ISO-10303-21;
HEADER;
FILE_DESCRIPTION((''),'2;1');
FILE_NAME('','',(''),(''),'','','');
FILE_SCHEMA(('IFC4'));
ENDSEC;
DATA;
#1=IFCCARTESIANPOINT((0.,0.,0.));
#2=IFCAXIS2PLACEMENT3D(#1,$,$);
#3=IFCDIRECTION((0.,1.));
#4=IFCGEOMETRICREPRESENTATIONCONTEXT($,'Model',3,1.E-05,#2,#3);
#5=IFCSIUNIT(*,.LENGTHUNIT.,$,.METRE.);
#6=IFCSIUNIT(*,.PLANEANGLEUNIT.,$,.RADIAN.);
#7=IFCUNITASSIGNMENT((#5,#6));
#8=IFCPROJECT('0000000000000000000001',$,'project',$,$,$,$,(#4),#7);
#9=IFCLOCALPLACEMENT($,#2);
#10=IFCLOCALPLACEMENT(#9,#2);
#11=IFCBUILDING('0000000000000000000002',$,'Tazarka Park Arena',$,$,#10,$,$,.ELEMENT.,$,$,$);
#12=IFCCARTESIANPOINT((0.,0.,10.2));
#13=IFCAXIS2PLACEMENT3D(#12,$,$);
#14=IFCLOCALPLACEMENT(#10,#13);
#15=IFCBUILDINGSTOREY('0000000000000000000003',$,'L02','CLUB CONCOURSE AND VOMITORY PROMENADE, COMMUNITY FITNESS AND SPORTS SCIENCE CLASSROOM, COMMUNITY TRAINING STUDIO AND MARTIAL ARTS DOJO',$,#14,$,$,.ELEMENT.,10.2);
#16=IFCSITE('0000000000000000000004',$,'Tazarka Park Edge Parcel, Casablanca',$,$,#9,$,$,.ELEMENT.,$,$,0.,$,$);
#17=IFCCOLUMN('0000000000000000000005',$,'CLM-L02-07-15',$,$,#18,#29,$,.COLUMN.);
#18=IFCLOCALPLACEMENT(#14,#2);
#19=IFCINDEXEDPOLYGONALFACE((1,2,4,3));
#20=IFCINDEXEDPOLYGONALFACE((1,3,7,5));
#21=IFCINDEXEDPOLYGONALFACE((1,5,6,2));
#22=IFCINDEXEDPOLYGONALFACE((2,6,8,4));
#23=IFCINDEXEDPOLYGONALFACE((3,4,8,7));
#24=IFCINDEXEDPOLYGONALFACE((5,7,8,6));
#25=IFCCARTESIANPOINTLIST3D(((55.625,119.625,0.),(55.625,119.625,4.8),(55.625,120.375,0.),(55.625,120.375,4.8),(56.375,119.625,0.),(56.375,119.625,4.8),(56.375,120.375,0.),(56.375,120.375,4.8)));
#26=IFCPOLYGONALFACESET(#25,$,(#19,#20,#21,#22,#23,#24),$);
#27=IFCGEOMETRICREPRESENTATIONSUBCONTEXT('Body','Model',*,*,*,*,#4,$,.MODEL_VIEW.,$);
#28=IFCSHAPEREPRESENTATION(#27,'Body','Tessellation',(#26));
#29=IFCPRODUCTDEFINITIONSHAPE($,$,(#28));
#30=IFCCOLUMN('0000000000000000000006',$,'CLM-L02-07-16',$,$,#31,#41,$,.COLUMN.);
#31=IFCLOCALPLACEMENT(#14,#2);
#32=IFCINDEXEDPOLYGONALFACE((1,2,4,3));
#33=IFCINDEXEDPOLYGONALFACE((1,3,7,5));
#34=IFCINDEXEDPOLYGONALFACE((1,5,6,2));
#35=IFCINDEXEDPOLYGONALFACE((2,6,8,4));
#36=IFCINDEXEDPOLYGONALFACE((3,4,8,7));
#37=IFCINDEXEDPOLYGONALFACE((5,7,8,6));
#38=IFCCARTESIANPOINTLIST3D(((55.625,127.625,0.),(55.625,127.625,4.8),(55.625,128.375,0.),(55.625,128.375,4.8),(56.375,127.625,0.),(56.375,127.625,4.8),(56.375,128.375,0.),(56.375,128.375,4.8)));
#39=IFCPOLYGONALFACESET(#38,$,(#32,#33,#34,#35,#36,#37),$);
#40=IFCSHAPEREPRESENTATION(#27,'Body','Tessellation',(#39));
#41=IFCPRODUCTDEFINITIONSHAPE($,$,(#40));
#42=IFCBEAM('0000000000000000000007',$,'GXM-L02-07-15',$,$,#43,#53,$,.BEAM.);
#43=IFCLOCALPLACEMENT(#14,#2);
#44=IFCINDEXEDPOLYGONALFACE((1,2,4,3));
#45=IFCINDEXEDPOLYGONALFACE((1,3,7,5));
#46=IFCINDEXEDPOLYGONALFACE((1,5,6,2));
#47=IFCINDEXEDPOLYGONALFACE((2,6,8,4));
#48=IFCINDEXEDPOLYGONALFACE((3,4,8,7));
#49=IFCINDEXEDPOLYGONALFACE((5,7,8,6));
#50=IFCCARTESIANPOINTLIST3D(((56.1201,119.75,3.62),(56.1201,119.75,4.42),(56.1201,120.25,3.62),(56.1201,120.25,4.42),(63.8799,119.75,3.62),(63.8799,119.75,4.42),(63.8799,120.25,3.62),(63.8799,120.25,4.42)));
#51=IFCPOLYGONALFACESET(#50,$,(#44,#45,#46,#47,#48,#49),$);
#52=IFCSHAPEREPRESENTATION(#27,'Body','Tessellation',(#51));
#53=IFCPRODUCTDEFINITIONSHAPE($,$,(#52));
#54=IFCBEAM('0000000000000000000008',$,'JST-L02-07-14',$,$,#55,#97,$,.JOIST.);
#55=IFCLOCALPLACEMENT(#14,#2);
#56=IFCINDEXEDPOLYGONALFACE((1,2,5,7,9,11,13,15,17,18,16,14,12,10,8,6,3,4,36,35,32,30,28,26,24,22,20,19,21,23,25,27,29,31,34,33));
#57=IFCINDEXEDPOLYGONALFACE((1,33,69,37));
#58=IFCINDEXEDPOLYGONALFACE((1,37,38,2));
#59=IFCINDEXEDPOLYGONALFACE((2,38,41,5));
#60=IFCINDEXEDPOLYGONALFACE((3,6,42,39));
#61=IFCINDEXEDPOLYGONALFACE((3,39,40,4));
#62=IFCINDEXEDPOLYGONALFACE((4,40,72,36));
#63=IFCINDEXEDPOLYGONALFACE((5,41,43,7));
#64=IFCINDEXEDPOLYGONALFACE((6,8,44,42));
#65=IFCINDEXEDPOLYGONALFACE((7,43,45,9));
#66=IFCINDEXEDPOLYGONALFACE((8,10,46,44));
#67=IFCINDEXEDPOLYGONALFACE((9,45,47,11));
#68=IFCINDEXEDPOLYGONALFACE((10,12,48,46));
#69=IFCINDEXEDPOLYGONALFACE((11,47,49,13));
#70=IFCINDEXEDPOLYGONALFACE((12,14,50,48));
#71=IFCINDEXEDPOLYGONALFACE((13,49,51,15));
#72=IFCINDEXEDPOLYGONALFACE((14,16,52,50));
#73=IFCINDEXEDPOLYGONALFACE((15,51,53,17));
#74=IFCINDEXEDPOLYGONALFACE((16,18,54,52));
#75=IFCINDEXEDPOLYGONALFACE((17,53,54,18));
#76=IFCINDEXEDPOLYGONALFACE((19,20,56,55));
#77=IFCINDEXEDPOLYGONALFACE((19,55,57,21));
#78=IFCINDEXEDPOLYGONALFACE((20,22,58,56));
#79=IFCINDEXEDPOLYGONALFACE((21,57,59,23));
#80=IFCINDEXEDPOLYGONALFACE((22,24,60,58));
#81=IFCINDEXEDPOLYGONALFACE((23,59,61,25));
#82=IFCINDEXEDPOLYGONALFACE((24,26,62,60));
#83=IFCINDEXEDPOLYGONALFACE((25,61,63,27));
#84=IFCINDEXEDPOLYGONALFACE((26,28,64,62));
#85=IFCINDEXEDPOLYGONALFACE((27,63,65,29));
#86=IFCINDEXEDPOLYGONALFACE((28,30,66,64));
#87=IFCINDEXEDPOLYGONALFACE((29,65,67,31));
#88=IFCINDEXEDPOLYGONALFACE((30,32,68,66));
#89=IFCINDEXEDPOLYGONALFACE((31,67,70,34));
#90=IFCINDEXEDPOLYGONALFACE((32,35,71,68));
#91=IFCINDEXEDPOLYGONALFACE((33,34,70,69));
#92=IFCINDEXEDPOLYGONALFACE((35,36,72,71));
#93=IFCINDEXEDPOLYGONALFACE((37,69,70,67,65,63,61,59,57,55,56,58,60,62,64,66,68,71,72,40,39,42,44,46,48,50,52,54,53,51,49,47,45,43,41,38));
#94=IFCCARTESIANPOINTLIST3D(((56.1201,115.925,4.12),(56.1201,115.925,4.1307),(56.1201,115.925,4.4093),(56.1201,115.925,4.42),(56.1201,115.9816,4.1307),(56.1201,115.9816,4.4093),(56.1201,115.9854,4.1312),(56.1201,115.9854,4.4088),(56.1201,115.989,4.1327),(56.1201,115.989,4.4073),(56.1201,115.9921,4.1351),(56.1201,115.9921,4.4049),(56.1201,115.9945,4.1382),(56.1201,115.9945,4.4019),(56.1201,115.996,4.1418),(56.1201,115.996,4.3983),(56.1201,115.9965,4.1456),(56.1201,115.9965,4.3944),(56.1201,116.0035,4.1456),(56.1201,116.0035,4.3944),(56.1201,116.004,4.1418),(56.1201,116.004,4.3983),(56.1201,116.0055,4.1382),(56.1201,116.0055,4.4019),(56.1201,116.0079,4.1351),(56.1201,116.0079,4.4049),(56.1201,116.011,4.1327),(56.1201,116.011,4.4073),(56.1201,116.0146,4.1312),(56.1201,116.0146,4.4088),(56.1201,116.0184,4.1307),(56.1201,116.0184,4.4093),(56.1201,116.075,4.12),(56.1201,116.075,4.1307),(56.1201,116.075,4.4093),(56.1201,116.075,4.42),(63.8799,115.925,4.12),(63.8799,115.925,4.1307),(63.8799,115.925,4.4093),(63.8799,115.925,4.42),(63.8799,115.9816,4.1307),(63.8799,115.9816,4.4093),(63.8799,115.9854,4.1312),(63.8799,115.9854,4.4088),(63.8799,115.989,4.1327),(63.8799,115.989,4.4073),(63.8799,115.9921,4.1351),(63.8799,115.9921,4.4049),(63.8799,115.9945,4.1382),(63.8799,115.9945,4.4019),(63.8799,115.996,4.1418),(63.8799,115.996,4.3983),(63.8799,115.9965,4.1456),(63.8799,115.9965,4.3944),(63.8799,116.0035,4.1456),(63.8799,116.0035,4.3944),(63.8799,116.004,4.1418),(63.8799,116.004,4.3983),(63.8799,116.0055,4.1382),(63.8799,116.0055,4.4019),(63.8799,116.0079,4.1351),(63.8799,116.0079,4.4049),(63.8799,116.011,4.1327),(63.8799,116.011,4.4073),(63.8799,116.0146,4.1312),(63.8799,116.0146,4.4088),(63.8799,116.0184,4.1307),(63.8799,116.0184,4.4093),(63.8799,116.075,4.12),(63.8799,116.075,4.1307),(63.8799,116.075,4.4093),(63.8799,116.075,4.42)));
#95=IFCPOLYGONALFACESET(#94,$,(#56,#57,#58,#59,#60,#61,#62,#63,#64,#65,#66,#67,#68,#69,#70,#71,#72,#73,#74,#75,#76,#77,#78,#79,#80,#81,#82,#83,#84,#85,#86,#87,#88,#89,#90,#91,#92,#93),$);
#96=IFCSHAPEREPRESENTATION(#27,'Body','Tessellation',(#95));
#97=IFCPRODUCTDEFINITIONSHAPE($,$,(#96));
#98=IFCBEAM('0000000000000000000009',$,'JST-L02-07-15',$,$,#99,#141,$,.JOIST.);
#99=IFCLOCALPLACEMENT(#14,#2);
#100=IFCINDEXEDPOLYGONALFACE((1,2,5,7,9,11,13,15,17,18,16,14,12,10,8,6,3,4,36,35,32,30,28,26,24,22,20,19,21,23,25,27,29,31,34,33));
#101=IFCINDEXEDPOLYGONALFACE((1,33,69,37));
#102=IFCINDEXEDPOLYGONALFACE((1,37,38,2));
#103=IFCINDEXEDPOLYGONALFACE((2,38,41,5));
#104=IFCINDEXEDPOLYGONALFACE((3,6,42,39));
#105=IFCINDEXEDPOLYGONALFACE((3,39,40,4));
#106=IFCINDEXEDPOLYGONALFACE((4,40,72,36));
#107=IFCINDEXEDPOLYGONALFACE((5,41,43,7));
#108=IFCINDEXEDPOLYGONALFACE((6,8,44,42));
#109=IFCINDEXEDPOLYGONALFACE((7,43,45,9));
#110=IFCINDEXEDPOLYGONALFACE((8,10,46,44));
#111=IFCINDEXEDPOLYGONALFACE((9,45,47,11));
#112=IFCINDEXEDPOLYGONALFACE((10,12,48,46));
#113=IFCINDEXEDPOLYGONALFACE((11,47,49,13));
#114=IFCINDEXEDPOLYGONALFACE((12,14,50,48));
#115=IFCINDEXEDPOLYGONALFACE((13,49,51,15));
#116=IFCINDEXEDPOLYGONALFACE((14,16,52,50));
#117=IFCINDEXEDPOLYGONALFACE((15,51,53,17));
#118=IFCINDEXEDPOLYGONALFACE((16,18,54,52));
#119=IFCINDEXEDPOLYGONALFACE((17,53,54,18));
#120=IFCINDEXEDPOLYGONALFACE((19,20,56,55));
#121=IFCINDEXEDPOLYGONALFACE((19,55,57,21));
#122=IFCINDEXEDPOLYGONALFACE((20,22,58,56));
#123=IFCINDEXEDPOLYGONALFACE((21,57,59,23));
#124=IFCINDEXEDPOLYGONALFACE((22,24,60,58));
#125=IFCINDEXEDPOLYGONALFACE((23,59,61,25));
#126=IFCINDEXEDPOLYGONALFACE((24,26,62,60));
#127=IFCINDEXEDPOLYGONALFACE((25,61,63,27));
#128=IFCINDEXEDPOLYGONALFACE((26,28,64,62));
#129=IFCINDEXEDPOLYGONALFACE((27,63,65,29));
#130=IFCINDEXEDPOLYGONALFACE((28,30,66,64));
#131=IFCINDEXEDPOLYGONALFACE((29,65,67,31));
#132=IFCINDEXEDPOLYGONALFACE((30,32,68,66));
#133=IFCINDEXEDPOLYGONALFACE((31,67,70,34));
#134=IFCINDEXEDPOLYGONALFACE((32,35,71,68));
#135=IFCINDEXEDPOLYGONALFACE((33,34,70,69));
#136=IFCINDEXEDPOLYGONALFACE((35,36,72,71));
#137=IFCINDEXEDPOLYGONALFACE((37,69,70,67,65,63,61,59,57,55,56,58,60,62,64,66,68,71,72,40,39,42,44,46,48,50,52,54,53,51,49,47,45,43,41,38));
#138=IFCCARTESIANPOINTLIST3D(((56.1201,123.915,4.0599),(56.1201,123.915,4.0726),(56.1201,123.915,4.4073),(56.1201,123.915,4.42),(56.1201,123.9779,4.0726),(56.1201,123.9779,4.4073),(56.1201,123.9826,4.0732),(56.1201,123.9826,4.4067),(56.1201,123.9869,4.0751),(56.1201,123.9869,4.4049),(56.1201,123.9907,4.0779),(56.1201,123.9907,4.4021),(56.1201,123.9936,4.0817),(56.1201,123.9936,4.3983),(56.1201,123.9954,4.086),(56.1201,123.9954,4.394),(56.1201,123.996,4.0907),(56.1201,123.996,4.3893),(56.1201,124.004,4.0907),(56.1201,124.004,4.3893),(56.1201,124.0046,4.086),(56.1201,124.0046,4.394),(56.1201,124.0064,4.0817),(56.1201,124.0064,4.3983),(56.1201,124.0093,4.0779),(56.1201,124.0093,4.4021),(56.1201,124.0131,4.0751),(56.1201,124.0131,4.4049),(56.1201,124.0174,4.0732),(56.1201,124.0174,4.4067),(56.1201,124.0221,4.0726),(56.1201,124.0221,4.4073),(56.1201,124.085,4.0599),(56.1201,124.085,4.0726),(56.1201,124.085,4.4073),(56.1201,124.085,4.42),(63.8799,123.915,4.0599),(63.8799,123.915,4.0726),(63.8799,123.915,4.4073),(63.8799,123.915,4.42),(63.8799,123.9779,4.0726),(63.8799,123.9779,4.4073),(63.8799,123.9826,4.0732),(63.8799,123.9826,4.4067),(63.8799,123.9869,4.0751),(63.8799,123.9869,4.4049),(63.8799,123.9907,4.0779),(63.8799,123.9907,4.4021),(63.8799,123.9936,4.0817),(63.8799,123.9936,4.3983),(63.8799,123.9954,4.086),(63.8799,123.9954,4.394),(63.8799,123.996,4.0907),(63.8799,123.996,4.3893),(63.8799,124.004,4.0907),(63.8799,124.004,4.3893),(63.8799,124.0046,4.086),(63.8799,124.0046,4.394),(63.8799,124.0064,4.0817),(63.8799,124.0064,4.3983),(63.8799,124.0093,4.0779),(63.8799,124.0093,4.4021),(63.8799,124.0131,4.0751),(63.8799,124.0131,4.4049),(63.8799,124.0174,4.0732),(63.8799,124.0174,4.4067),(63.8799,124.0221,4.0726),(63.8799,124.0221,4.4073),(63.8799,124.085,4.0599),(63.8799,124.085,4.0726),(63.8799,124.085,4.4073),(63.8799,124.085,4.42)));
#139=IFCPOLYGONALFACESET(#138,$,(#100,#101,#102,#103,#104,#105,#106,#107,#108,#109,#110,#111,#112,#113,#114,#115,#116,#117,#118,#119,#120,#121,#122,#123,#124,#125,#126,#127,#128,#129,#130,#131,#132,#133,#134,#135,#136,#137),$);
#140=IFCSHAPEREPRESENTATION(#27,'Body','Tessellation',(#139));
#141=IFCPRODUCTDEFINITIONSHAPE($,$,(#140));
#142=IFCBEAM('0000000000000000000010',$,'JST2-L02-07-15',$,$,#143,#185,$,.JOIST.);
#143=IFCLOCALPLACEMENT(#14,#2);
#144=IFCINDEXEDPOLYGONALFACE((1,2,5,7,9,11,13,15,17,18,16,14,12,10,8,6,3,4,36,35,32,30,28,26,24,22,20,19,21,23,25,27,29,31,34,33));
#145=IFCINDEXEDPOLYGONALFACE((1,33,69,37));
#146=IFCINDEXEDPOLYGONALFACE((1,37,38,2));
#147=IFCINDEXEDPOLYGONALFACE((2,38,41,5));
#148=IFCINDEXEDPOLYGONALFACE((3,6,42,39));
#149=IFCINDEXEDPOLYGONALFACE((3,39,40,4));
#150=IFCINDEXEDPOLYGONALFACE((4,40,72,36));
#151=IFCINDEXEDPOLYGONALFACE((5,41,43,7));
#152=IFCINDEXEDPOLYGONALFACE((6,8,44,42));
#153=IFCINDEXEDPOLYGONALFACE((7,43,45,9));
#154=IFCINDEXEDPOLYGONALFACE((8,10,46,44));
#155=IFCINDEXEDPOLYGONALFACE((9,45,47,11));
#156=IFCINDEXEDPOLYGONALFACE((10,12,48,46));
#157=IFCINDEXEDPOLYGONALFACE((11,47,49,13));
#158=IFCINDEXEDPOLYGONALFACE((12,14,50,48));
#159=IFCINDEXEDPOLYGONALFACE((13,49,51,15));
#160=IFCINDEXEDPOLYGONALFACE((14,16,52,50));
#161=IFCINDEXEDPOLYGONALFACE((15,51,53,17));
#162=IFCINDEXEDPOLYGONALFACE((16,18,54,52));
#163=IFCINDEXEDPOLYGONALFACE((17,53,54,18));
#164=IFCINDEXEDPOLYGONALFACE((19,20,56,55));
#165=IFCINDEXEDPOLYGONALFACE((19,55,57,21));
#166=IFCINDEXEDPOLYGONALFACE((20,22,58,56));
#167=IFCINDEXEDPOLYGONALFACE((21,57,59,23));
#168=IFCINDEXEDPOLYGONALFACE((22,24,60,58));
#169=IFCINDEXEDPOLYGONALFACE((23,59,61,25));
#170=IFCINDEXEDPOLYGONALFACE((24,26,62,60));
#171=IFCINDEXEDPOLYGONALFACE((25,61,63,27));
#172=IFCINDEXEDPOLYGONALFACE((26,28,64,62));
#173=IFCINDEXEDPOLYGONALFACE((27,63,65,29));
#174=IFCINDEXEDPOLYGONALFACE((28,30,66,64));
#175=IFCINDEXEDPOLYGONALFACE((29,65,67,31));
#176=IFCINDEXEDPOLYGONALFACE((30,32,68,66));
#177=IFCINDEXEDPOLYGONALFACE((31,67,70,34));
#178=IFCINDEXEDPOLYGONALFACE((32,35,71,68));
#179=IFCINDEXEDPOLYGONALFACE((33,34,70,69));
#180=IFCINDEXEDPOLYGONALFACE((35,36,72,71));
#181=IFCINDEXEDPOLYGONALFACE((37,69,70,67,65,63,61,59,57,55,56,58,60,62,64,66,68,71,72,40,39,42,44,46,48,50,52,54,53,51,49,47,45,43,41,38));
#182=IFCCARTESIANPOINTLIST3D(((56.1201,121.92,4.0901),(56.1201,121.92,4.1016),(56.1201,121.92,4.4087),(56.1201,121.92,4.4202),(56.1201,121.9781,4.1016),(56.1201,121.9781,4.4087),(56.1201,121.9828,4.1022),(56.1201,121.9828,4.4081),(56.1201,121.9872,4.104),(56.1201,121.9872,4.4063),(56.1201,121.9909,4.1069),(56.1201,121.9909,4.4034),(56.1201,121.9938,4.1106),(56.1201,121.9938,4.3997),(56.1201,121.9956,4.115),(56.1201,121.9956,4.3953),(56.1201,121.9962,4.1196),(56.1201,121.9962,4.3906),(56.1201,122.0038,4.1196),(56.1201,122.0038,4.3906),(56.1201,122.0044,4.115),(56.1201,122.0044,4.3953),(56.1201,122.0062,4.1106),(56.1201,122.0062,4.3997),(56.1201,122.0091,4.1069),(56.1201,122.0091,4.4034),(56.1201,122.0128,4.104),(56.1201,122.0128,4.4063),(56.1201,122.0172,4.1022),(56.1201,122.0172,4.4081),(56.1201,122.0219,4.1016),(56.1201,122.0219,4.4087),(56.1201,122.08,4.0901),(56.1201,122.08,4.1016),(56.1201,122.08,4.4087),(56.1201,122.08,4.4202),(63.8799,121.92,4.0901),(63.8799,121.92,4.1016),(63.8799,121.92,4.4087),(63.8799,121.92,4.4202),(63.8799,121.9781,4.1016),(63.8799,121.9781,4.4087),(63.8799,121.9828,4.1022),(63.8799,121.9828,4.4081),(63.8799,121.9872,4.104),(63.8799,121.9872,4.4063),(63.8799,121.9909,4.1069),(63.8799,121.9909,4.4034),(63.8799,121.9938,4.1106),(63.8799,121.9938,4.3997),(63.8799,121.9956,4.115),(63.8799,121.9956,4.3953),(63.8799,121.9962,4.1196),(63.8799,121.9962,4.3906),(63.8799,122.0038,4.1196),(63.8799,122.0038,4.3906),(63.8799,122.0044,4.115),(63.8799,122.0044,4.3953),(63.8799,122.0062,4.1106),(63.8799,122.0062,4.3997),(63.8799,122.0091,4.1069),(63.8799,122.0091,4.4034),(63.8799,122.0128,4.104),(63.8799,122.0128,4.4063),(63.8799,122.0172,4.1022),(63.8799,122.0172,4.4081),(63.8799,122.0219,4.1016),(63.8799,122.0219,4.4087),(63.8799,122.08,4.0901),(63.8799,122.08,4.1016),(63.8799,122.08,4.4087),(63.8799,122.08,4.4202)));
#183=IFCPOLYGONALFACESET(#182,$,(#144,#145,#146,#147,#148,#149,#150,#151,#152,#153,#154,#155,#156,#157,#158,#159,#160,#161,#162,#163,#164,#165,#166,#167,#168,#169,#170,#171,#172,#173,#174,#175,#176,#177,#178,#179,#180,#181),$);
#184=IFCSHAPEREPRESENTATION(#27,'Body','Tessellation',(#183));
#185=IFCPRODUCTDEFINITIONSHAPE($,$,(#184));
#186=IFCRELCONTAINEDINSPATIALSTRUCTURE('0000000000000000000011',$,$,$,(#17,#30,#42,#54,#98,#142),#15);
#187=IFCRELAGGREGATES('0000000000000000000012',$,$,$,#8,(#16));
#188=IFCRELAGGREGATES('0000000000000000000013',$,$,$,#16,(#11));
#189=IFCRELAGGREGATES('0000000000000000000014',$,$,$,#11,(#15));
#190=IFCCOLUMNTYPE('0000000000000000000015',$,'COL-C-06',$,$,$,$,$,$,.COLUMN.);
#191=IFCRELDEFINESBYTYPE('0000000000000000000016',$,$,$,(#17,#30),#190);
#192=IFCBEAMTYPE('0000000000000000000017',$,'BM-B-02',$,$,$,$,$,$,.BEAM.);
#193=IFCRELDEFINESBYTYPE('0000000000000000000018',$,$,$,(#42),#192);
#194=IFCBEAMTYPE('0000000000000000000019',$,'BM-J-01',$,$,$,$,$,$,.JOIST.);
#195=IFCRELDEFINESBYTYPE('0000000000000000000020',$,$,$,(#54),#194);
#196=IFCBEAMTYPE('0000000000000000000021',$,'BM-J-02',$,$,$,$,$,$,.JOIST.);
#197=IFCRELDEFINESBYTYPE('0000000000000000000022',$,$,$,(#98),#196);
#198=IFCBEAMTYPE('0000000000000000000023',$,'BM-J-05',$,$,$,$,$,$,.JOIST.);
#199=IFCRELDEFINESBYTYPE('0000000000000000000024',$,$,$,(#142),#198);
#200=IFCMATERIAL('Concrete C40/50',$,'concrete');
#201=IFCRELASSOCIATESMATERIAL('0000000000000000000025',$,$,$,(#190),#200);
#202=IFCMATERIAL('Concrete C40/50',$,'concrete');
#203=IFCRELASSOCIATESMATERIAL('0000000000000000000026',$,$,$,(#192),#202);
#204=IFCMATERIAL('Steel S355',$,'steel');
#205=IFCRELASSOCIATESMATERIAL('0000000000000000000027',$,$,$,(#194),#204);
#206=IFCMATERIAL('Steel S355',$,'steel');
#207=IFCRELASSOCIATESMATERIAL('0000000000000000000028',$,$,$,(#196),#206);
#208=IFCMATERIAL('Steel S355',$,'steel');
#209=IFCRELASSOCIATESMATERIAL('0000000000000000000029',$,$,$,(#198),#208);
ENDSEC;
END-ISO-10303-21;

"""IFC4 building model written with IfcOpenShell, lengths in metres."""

from ifc_helpers import new_model, si_unit, direction, frame, origin, origin_2d, place, context, subcontext, project, spatial, rectangle, i_section, extrude, material, material_profile, profile_set, type_object, element, save


model = new_model("IFC4")

# Units and contexts
model_context = context("Model", 3, precision=1e-05, world=origin(), true_north=direction((0.0, 1.0)))
body_context = subcontext(model_context, "Body", "Model", "MODEL_VIEW")
ifc_project = project(units=[si_unit("LENGTHUNIT", "METRE"), si_unit("PLANEANGLEUNIT", "RADIAN")], contexts=[model_context])

# Site, building, storey
site_placement = place(None, origin())
site = spatial("IfcSite", under=ifc_project, at=site_placement, Name="Tazarka Park Edge Parcel, Casablanca", CompositionType="ELEMENT", RefElevation=0.0)
building_placement = place(site_placement, origin())
building = spatial("IfcBuilding", under=site, at=building_placement, Name="Tazarka Park Arena", CompositionType="ELEMENT")
storey_placement = place(building_placement, frame((0.0, 0.0, 10.2)))
storey = spatial("IfcBuildingStorey", under=building, at=storey_placement, Name="L02", Description="CLUB CONCOURSE AND VOMITORY PROMENADE, COMMUNITY FITNESS AND SPORTS SCIENCE CLASSROOM, COMMUNITY TRAINING STUDIO AND MARTIAL ARTS DOJO", CompositionType="ELEMENT", Elevation=10.2)

# Columns
ifc_material_1 = material(Name="Concrete C40/50", Category="concrete")
ifc_material_profile_1 = material_profile(ifc_material_1, rectangle(XDim=0.75, YDim=0.75, at=origin_2d()), Name="Concrete C40/50")
ifc_profile_set_1 = profile_set([ifc_material_profile_1], Name="Concrete C40/50")
column_type = type_object("IfcColumnType", Name="COL-C-06", PredefinedType="COLUMN", material=ifc_profile_set_1)
for number, where, z_axis, x_axis, name in (
    (1, (56.0, 120.0, 0.0), (0.0, 0.0, 1.0), (1.0, 0.0, 0.0), "CLM-L02-07-15"),
    (2, (56.0, 128.0, 0.0), (0.0, 0.0, 1.0), (1.0, 0.0, 0.0), "CLM-L02-07-16"),
):
    element("IfcColumn", number, at=place(storey_placement, frame(where, z_axis=z_axis, x_axis=x_axis)), inside=storey, type_object=column_type, Name=name, PredefinedType="COLUMN", context=body_context, shape_type="SweptSolid", body=[
        extrude(rectangle(XDim=0.75, YDim=0.75, at=origin_2d()), origin(), (0.0, 0.0, 1.0), 4.8),
    ])

# Beams
ifc_material_2 = material(Name="Concrete C40/50", Category="concrete")
ifc_material_profile_2 = material_profile(ifc_material_2, rectangle(XDim=0.5, YDim=0.8, at=origin_2d()), Name="Concrete C40/50")
ifc_profile_set_2 = profile_set([ifc_material_profile_2], Name="Concrete C40/50")
beam_type_1 = type_object("IfcBeamType", Name="BM-B-02", PredefinedType="BEAM", material=ifc_profile_set_2)
beam_1_placement = place(storey_placement, frame((56.1201, 120.0, 4.02), z_axis=(1.0, 0.0, 0.0), x_axis=(0.0, 1.0, 0.0)))
element("IfcBeam", 3, at=beam_1_placement, inside=storey, type_object=beam_type_1, Name="GXM-L02-07-15", PredefinedType="BEAM", context=body_context, shape_type="SweptSolid", body=[
    extrude(rectangle(XDim=0.5, YDim=0.8, at=origin_2d()), origin(), (0.0, 0.0, 1.0), 7.7598),
])
ifc_material_3 = material(Name="Steel S355", Category="steel")
ifc_material_profile_3 = material_profile(ifc_material_3, i_section(OverallWidth=0.1499, OverallDepth=0.3, WebThickness=0.0071, FlangeThickness=0.0107, FilletRadius=0.0149, at=origin_2d()), Name="Steel S355")
ifc_profile_set_3 = profile_set([ifc_material_profile_3], Name="Steel S355")
beam_type_2 = type_object("IfcBeamType", Name="BM-J-01", PredefinedType="JOIST", material=ifc_profile_set_3)
beam_2_placement = place(storey_placement, frame((56.1201, 116.0, 4.27), z_axis=(1.0, 0.0, 0.0), x_axis=(0.0, 1.0, 0.0)))
element("IfcBeam", 4, at=beam_2_placement, inside=storey, type_object=beam_type_2, Name="JST-L02-07-14", PredefinedType="JOIST", context=body_context, shape_type="SweptSolid", body=[
    extrude(i_section(OverallWidth=0.1499, OverallDepth=0.3, WebThickness=0.0071, FlangeThickness=0.0107, FilletRadius=0.0149, at=origin_2d()), origin(), (0.0, 0.0, 1.0), 7.7598),
])
ifc_material_4 = material(Name="Steel S355", Category="steel")
ifc_material_profile_4 = material_profile(ifc_material_4, i_section(OverallWidth=0.1699, OverallDepth=0.3601, WebThickness=0.0081, FlangeThickness=0.0127, FilletRadius=0.0181, at=origin_2d()), Name="Steel S355")
ifc_profile_set_4 = profile_set([ifc_material_profile_4], Name="Steel S355")
beam_type_3 = type_object("IfcBeamType", Name="BM-J-02", PredefinedType="JOIST", material=ifc_profile_set_4)
beam_3_placement = place(storey_placement, frame((56.1201, 124.0, 4.24), z_axis=(1.0, 0.0, 0.0), x_axis=(0.0, 1.0, 0.0)))
element("IfcBeam", 5, at=beam_3_placement, inside=storey, type_object=beam_type_3, Name="JST-L02-07-15", PredefinedType="JOIST", context=body_context, shape_type="SweptSolid", body=[
    extrude(i_section(OverallWidth=0.1699, OverallDepth=0.3601, WebThickness=0.0081, FlangeThickness=0.0127, FilletRadius=0.0181, at=origin_2d()), origin(), (0.0, 0.0, 1.0), 7.7598),
])
ifc_material_5 = material(Name="Steel S355", Category="steel")
ifc_material_profile_5 = material_profile(ifc_material_5, i_section(OverallWidth=0.1599, OverallDepth=0.3301, WebThickness=0.0076, FlangeThickness=0.0115, FilletRadius=0.0181, at=origin_2d()), Name="Steel S355")
ifc_profile_set_5 = profile_set([ifc_material_profile_5], Name="Steel S355")
beam_type_4 = type_object("IfcBeamType", Name="BM-J-05", PredefinedType="JOIST", material=ifc_profile_set_5)
beam_4_placement = place(storey_placement, frame((56.1201, 122.0, 4.2551), z_axis=(1.0, 0.0, 0.0), x_axis=(0.0, 1.0, 0.0)))
element("IfcBeam", 6, at=beam_4_placement, inside=storey, type_object=beam_type_4, Name="JST2-L02-07-15", PredefinedType="JOIST", context=body_context, shape_type="SweptSolid", body=[
    extrude(i_section(OverallWidth=0.1599, OverallDepth=0.3301, WebThickness=0.0076, FlangeThickness=0.0115, FilletRadius=0.0181, at=origin_2d()), origin(), (0.0, 0.0, 1.0), 7.7598),
])

save(model, "model.ifc")
